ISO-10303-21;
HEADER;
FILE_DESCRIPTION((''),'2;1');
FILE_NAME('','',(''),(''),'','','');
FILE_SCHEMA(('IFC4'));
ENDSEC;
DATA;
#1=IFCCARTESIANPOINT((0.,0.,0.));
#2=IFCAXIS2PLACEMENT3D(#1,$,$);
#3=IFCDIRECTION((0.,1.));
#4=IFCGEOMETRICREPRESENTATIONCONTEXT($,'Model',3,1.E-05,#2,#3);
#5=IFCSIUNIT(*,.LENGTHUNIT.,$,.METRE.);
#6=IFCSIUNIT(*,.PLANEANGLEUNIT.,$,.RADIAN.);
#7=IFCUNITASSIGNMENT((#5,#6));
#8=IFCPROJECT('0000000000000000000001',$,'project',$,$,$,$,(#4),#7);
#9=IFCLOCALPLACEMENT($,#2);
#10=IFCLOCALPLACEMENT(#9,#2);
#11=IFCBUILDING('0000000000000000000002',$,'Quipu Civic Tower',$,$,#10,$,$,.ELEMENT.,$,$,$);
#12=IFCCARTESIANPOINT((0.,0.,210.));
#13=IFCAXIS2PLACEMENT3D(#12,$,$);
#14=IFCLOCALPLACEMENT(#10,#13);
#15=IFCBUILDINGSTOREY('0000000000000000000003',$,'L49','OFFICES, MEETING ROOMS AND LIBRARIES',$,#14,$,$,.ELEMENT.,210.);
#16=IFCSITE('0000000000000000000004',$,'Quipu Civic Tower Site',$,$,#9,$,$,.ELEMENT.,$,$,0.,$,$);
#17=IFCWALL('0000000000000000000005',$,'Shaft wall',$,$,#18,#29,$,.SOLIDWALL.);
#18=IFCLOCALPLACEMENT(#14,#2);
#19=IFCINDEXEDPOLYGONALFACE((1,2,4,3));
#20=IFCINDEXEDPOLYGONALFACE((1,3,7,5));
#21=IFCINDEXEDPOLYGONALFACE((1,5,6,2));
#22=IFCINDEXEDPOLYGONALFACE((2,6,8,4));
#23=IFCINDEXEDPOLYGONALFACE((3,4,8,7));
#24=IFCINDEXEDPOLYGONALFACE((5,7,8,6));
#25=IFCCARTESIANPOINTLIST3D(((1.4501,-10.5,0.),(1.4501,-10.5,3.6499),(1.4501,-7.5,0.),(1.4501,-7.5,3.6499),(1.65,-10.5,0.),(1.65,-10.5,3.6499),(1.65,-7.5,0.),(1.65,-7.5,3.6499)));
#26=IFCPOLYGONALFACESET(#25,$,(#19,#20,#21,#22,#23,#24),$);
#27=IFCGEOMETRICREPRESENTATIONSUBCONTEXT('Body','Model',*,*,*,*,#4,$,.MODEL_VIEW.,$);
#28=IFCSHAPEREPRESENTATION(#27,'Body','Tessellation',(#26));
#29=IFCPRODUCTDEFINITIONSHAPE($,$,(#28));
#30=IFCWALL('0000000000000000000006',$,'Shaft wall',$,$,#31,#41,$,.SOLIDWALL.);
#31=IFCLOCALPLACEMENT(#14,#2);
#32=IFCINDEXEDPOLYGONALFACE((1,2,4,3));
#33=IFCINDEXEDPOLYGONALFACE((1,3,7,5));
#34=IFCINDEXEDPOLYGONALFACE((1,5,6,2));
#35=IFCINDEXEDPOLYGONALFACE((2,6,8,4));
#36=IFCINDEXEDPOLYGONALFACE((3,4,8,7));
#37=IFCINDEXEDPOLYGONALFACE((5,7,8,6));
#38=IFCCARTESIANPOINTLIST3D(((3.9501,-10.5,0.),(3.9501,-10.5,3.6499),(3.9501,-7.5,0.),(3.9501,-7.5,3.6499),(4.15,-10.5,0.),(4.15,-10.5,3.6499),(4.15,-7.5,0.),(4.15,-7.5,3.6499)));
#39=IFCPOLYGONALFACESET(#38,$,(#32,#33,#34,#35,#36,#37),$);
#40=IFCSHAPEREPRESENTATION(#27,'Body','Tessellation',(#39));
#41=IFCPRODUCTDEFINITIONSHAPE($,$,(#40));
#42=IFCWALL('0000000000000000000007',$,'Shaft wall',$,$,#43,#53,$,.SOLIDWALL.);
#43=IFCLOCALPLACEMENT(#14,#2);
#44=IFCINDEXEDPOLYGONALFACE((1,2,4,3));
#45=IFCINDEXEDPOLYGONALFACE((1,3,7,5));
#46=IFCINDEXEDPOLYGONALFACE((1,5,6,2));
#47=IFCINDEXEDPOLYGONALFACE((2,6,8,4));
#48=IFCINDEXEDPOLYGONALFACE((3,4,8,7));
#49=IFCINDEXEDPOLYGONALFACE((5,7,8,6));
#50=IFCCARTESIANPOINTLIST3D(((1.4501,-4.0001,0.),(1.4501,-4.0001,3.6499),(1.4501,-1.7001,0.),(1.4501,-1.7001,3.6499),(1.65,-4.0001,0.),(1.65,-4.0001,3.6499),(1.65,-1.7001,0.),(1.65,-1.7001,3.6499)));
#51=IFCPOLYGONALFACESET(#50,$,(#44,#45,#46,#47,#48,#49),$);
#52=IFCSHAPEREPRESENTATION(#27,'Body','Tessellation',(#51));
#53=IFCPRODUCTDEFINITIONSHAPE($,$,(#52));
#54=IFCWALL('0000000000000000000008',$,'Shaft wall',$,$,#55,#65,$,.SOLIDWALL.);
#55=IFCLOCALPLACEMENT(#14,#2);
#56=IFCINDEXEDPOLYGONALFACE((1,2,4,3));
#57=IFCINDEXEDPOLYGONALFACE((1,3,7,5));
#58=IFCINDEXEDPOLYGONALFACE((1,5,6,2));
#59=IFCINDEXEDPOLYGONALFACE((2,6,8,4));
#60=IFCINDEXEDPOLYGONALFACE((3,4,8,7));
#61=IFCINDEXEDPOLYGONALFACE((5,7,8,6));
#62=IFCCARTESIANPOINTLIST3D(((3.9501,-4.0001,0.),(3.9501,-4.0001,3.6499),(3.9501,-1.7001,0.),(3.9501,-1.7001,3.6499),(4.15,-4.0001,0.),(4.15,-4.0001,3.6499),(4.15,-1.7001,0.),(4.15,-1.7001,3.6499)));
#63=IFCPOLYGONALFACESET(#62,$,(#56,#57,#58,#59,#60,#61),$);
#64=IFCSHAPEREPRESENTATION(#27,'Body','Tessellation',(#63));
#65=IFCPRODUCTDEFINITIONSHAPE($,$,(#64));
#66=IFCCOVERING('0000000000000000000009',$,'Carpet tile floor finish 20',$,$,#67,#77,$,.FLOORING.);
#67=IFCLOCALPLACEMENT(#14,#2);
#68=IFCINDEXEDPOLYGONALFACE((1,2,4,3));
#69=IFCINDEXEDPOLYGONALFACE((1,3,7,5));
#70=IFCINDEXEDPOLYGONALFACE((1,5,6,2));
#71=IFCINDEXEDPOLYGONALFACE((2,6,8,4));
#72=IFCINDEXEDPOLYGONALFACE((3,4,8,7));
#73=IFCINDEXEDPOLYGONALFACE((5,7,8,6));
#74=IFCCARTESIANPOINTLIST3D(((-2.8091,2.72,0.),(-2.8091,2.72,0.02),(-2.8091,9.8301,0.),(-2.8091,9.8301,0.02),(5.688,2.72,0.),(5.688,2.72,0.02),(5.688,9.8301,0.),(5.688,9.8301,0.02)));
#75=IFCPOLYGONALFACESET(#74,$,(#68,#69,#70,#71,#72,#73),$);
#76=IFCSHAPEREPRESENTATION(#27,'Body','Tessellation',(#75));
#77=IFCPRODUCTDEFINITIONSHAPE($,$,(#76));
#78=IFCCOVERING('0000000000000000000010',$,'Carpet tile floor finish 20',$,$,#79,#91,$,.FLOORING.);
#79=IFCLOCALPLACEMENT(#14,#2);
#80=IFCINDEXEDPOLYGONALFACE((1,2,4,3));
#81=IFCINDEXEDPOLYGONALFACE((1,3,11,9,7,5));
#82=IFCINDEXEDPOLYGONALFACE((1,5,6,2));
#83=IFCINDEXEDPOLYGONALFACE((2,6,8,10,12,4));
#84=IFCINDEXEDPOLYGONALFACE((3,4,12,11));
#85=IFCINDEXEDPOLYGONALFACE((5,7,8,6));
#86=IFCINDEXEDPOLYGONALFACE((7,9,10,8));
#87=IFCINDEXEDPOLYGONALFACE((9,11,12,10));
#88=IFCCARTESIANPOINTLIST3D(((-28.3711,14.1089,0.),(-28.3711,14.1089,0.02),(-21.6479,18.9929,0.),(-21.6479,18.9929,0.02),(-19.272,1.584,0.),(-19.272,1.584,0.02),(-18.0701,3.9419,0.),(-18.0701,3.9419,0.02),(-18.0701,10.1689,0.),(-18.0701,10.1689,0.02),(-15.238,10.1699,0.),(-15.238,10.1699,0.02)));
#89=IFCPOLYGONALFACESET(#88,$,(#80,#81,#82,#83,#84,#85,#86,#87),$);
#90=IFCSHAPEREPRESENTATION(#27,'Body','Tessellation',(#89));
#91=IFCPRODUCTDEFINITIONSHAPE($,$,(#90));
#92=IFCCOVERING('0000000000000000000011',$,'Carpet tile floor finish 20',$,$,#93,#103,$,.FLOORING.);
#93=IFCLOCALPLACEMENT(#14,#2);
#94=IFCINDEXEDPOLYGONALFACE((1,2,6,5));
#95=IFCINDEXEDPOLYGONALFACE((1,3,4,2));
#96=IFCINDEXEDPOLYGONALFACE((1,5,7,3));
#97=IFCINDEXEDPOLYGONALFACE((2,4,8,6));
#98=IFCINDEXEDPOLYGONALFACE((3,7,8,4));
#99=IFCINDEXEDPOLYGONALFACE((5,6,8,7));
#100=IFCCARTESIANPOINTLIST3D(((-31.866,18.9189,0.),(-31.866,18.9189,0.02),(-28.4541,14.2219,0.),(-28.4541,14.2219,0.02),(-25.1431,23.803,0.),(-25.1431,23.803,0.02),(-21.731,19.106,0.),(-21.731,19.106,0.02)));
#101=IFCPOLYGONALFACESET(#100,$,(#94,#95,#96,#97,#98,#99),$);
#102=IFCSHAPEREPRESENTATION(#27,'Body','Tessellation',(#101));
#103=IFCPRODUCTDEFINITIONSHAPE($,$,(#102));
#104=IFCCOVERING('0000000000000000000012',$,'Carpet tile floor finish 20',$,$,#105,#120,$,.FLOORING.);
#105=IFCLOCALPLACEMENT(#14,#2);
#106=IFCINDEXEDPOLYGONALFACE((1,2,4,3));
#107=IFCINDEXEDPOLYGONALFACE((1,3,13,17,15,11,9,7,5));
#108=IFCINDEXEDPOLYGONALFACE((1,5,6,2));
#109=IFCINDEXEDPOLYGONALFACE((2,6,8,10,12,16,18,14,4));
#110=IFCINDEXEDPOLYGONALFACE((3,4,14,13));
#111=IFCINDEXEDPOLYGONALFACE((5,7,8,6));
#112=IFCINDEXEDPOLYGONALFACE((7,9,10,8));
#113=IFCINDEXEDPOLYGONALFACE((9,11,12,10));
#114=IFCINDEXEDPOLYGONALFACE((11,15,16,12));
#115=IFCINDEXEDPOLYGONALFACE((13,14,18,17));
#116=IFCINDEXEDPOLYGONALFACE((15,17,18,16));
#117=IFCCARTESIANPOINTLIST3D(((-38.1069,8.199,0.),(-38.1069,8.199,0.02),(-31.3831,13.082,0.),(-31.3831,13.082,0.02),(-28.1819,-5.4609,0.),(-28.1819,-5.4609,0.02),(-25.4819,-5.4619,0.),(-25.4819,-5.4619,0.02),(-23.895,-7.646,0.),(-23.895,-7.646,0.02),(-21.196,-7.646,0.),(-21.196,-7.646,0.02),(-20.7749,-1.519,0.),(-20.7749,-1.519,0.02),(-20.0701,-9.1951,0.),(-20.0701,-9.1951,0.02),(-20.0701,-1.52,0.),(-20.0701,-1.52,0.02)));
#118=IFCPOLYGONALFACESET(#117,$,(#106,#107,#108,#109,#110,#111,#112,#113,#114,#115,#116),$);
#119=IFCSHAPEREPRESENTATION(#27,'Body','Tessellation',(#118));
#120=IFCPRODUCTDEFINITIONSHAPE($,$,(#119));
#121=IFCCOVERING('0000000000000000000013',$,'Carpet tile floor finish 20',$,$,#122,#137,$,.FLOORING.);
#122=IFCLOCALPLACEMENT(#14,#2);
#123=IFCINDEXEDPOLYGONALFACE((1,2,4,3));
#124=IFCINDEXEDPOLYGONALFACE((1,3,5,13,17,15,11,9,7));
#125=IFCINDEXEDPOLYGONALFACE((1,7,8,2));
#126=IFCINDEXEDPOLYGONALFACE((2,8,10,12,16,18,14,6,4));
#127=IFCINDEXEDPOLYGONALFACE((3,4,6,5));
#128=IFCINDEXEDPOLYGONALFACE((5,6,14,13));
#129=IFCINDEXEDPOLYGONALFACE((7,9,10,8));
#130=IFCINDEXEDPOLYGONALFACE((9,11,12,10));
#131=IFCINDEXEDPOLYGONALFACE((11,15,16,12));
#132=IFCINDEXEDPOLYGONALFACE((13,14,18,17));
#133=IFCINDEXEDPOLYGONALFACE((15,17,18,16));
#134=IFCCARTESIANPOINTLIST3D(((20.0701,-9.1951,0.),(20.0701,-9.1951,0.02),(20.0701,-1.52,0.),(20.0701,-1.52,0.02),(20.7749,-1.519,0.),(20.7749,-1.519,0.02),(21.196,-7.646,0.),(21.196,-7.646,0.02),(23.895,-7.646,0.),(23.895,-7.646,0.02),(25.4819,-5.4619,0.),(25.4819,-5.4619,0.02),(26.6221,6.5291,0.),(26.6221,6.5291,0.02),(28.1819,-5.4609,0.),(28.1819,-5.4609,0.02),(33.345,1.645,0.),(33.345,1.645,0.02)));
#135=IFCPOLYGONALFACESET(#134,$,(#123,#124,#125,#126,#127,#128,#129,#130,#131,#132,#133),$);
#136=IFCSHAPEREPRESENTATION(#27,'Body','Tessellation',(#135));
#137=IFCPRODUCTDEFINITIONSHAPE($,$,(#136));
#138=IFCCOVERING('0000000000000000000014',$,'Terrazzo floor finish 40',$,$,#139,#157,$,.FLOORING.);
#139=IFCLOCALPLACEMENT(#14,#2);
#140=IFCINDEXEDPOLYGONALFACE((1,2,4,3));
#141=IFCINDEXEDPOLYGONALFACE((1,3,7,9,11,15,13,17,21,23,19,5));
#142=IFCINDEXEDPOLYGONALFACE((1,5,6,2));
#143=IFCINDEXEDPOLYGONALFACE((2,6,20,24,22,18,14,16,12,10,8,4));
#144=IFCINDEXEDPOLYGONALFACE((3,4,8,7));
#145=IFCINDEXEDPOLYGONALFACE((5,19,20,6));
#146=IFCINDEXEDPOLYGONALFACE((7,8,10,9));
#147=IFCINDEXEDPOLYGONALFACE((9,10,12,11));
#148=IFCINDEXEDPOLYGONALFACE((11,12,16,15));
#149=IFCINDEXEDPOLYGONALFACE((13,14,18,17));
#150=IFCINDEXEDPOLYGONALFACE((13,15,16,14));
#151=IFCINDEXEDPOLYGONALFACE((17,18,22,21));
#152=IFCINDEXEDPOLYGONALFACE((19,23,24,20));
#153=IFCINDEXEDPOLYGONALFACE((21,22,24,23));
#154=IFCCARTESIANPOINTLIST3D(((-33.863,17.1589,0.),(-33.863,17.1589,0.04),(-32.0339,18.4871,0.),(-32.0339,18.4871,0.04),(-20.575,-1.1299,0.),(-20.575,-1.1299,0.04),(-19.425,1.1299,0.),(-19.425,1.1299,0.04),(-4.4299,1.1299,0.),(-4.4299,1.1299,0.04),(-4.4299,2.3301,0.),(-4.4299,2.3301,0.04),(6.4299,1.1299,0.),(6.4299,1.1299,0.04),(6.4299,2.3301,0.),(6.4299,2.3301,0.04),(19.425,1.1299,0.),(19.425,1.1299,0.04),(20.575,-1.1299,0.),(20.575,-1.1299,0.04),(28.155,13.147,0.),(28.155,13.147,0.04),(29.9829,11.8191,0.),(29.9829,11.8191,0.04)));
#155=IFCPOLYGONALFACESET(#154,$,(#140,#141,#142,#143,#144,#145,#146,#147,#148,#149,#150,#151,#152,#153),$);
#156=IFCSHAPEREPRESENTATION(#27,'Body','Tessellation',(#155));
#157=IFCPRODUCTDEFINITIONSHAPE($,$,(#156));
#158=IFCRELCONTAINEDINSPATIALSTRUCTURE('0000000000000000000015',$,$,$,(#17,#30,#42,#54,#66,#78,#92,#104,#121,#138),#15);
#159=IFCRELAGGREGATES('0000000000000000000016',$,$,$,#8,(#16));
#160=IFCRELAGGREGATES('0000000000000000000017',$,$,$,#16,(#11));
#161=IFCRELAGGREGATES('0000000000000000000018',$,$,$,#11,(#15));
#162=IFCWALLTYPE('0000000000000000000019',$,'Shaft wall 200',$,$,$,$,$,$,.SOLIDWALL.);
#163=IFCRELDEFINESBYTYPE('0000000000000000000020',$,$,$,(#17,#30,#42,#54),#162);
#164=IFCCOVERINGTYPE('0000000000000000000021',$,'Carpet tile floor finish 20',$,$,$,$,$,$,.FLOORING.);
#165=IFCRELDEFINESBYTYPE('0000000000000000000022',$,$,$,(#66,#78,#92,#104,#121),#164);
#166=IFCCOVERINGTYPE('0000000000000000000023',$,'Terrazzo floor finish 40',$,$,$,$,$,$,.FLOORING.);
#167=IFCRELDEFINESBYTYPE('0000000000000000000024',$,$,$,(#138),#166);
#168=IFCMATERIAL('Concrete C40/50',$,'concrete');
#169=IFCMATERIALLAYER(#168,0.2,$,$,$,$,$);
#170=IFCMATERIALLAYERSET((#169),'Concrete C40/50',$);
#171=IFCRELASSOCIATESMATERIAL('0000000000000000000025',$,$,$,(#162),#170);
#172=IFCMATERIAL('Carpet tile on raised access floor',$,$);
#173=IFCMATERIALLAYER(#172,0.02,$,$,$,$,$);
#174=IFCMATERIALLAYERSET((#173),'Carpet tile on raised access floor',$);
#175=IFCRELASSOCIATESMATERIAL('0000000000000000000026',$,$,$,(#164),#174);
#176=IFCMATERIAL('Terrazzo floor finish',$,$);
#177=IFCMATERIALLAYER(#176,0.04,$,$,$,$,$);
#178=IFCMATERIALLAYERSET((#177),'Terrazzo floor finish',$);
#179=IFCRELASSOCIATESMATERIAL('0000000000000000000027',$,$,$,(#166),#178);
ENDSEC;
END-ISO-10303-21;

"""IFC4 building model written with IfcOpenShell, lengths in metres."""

from ifc_helpers import new_model, si_unit, direction, frame, frame_2d, origin, place, context, subcontext, project, spatial, polyline, rectangle, outline, extrude, material, layer, layer_set, type_object, element, save


model = new_model("IFC4")

# Units and contexts
model_context = context("Model", 3, precision=1e-05, world=origin(), true_north=direction((0.0, 1.0)))
body_context = subcontext(model_context, "Body", "Model", "MODEL_VIEW")
ifc_project = project(units=[si_unit("LENGTHUNIT", "METRE"), si_unit("PLANEANGLEUNIT", "RADIAN")], contexts=[model_context])

# Site, building, storey
site_placement = place(None, origin())
site = spatial("IfcSite", under=ifc_project, at=site_placement, Name="Quipu Civic Tower Site", CompositionType="ELEMENT", RefElevation=0.0)
building_placement = place(site_placement, origin())
building = spatial("IfcBuilding", under=site, at=building_placement, Name="Quipu Civic Tower", CompositionType="ELEMENT")
storey_placement = place(building_placement, frame((0.0, 0.0, 210.0)))
storey = spatial("IfcBuildingStorey", under=building, at=storey_placement, Name="L49", Description="OFFICES, MEETING ROOMS AND LIBRARIES", CompositionType="ELEMENT", Elevation=210.0)

# Walls
ifc_material_1 = material(Name="Concrete C40/50", Category="concrete")
ifc_layer_1 = layer(ifc_material_1, 0.2)
ifc_layer_set_1 = layer_set([ifc_layer_1], Name="Concrete C40/50")
wall_type_1 = type_object("IfcWallType", Name="Shaft wall 200", PredefinedType="SOLIDWALL", material=ifc_layer_set_1)
for number, where, z_axis, x_axis, name in (
    (1, (1.55, -10.5, 0.0), (0.0, 0.0, 1.0), (0.0, 1.0, 0.0), "Shaft wall"),
    (2, (4.05, -10.5, 0.0), (0.0, 0.0, 1.0), (0.0, 1.0, 0.0), "Shaft wall"),
):
    element("IfcWall", number, at=place(storey_placement, frame(where, z_axis=z_axis, x_axis=x_axis)), inside=storey, type_object=wall_type_1, Name=name, PredefinedType="SOLIDWALL", context=body_context, shape_type="SweptSolid", body=[
        extrude(rectangle(XDim=3.0, YDim=0.2, at=frame_2d((1.5, 0.0))), origin(), (0.0, 0.0, 1.0), 3.6499),
    ])
for number, where, z_axis, x_axis, name in (
    (3, (1.55, -4.0, 0.0), (0.0, 0.0, 1.0), (0.0, 1.0, 0.0), "Shaft wall"),
    (4, (4.05, -4.0, 0.0), (0.0, 0.0, 1.0), (0.0, 1.0, 0.0), "Shaft wall"),
):
    element("IfcWall", number, at=place(storey_placement, frame(where, z_axis=z_axis, x_axis=x_axis)), inside=storey, type_object=wall_type_1, Name=name, PredefinedType="SOLIDWALL", context=body_context, shape_type="SweptSolid", body=[
        extrude(rectangle(XDim=2.3, YDim=0.2, at=frame_2d((1.1499, 0.0))), origin(), (0.0, 0.0, 1.0), 3.6499),
    ])

# Coverings
ifc_material_2 = material(Name="Carpet tile on raised access floor")
ifc_layer_2 = layer(ifc_material_2, 0.02)
ifc_layer_set_2 = layer_set([ifc_layer_2], Name="Carpet tile on raised access floor")
covering_type_1 = type_object("IfcCoveringType", Name="Carpet tile floor finish 20", PredefinedType="FLOORING", material=ifc_layer_set_2)
covering_1_placement = place(storey_placement, origin())
element("IfcCovering", 5, at=covering_1_placement, inside=storey, type_object=covering_type_1, Name="Carpet tile floor finish 20", PredefinedType="FLOORING", context=body_context, shape_type="SweptSolid", body=[
    extrude(outline(polyline([(-2.8091, 2.72), (-2.8091, 9.8301), (5.688, 9.8301), (5.688, 2.72), (-2.8091, 2.72)])), origin(), (0.0, 0.0, 1.0), 0.02),
])
covering_2_placement = place(storey_placement, origin())
element("IfcCovering", 6, at=covering_2_placement, inside=storey, type_object=covering_type_1, Name="Carpet tile floor finish 20", PredefinedType="FLOORING", context=body_context, shape_type="SweptSolid", body=[
    extrude(outline(polyline([(-28.3711, 14.1089), (-21.6479, 18.9929), (-15.238, 10.1699), (-18.0701, 10.1689), (-18.0701, 3.9419), (-19.272, 1.584), (-28.3711, 14.1089)])), origin(), (0.0, 0.0, 1.0), 0.02),
])
covering_3_placement = place(storey_placement, origin())
element("IfcCovering", 7, at=covering_3_placement, inside=storey, type_object=covering_type_1, Name="Carpet tile floor finish 20", PredefinedType="FLOORING", context=body_context, shape_type="SweptSolid", body=[
    extrude(outline(polyline([(-31.866, 18.9189), (-25.1431, 23.803), (-21.731, 19.106), (-28.4541, 14.2219), (-31.866, 18.9189)])), origin(), (0.0, 0.0, 1.0), 0.02),
])
covering_4_placement = place(storey_placement, origin())
element("IfcCovering", 8, at=covering_4_placement, inside=storey, type_object=covering_type_1, Name="Carpet tile floor finish 20", PredefinedType="FLOORING", context=body_context, shape_type="SweptSolid", body=[
    extrude(outline(polyline([(-38.1069, 8.199), (-31.3831, 13.082), (-20.7749, -1.519), (-20.0701, -1.52), (-20.0701, -9.1951), (-21.196, -7.646), (-23.895, -7.646), (-25.4819, -5.4619), (-28.1819, -5.4609), (-38.1069, 8.199)])), origin(), (0.0, 0.0, 1.0), 0.02),
])
covering_5_placement = place(storey_placement, origin())
element("IfcCovering", 9, at=covering_5_placement, inside=storey, type_object=covering_type_1, Name="Carpet tile floor finish 20", PredefinedType="FLOORING", context=body_context, shape_type="SweptSolid", body=[
    extrude(outline(polyline([(20.0701, -9.1951), (20.0701, -1.52), (20.7749, -1.519), (26.6221, 6.5291), (33.345, 1.645), (28.1819, -5.4609), (25.4819, -5.4619), (23.895, -7.646), (21.196, -7.646), (20.0701, -9.1951)])), origin(), (0.0, 0.0, 1.0), 0.02),
])
ifc_material_3 = material(Name="Terrazzo floor finish")
ifc_layer_3 = layer(ifc_material_3, 0.04)
ifc_layer_set_3 = layer_set([ifc_layer_3], Name="Terrazzo floor finish")
covering_type_2 = type_object("IfcCoveringType", Name="Terrazzo floor finish 40", PredefinedType="FLOORING", material=ifc_layer_set_3)
covering_6_placement = place(storey_placement, origin())
element("IfcCovering", 10, at=covering_6_placement, inside=storey, type_object=covering_type_2, Name="Terrazzo floor finish 40", PredefinedType="FLOORING", context=body_context, shape_type="SweptSolid", body=[
    extrude(outline(polyline([(19.425, 1.1299), (28.155, 13.147), (29.9829, 11.8191), (20.575, -1.1299), (-20.575, -1.1299), (-33.863, 17.1589), (-32.0339, 18.4871), (-19.425, 1.1299), (-4.4299, 1.1299), (-4.4299, 2.3301), (6.4299, 2.3301), (6.4299, 1.1299), (19.425, 1.1299)])), origin(), (0.0, 0.0, 1.0), 0.04),
])

save(model, "model.ifc")
